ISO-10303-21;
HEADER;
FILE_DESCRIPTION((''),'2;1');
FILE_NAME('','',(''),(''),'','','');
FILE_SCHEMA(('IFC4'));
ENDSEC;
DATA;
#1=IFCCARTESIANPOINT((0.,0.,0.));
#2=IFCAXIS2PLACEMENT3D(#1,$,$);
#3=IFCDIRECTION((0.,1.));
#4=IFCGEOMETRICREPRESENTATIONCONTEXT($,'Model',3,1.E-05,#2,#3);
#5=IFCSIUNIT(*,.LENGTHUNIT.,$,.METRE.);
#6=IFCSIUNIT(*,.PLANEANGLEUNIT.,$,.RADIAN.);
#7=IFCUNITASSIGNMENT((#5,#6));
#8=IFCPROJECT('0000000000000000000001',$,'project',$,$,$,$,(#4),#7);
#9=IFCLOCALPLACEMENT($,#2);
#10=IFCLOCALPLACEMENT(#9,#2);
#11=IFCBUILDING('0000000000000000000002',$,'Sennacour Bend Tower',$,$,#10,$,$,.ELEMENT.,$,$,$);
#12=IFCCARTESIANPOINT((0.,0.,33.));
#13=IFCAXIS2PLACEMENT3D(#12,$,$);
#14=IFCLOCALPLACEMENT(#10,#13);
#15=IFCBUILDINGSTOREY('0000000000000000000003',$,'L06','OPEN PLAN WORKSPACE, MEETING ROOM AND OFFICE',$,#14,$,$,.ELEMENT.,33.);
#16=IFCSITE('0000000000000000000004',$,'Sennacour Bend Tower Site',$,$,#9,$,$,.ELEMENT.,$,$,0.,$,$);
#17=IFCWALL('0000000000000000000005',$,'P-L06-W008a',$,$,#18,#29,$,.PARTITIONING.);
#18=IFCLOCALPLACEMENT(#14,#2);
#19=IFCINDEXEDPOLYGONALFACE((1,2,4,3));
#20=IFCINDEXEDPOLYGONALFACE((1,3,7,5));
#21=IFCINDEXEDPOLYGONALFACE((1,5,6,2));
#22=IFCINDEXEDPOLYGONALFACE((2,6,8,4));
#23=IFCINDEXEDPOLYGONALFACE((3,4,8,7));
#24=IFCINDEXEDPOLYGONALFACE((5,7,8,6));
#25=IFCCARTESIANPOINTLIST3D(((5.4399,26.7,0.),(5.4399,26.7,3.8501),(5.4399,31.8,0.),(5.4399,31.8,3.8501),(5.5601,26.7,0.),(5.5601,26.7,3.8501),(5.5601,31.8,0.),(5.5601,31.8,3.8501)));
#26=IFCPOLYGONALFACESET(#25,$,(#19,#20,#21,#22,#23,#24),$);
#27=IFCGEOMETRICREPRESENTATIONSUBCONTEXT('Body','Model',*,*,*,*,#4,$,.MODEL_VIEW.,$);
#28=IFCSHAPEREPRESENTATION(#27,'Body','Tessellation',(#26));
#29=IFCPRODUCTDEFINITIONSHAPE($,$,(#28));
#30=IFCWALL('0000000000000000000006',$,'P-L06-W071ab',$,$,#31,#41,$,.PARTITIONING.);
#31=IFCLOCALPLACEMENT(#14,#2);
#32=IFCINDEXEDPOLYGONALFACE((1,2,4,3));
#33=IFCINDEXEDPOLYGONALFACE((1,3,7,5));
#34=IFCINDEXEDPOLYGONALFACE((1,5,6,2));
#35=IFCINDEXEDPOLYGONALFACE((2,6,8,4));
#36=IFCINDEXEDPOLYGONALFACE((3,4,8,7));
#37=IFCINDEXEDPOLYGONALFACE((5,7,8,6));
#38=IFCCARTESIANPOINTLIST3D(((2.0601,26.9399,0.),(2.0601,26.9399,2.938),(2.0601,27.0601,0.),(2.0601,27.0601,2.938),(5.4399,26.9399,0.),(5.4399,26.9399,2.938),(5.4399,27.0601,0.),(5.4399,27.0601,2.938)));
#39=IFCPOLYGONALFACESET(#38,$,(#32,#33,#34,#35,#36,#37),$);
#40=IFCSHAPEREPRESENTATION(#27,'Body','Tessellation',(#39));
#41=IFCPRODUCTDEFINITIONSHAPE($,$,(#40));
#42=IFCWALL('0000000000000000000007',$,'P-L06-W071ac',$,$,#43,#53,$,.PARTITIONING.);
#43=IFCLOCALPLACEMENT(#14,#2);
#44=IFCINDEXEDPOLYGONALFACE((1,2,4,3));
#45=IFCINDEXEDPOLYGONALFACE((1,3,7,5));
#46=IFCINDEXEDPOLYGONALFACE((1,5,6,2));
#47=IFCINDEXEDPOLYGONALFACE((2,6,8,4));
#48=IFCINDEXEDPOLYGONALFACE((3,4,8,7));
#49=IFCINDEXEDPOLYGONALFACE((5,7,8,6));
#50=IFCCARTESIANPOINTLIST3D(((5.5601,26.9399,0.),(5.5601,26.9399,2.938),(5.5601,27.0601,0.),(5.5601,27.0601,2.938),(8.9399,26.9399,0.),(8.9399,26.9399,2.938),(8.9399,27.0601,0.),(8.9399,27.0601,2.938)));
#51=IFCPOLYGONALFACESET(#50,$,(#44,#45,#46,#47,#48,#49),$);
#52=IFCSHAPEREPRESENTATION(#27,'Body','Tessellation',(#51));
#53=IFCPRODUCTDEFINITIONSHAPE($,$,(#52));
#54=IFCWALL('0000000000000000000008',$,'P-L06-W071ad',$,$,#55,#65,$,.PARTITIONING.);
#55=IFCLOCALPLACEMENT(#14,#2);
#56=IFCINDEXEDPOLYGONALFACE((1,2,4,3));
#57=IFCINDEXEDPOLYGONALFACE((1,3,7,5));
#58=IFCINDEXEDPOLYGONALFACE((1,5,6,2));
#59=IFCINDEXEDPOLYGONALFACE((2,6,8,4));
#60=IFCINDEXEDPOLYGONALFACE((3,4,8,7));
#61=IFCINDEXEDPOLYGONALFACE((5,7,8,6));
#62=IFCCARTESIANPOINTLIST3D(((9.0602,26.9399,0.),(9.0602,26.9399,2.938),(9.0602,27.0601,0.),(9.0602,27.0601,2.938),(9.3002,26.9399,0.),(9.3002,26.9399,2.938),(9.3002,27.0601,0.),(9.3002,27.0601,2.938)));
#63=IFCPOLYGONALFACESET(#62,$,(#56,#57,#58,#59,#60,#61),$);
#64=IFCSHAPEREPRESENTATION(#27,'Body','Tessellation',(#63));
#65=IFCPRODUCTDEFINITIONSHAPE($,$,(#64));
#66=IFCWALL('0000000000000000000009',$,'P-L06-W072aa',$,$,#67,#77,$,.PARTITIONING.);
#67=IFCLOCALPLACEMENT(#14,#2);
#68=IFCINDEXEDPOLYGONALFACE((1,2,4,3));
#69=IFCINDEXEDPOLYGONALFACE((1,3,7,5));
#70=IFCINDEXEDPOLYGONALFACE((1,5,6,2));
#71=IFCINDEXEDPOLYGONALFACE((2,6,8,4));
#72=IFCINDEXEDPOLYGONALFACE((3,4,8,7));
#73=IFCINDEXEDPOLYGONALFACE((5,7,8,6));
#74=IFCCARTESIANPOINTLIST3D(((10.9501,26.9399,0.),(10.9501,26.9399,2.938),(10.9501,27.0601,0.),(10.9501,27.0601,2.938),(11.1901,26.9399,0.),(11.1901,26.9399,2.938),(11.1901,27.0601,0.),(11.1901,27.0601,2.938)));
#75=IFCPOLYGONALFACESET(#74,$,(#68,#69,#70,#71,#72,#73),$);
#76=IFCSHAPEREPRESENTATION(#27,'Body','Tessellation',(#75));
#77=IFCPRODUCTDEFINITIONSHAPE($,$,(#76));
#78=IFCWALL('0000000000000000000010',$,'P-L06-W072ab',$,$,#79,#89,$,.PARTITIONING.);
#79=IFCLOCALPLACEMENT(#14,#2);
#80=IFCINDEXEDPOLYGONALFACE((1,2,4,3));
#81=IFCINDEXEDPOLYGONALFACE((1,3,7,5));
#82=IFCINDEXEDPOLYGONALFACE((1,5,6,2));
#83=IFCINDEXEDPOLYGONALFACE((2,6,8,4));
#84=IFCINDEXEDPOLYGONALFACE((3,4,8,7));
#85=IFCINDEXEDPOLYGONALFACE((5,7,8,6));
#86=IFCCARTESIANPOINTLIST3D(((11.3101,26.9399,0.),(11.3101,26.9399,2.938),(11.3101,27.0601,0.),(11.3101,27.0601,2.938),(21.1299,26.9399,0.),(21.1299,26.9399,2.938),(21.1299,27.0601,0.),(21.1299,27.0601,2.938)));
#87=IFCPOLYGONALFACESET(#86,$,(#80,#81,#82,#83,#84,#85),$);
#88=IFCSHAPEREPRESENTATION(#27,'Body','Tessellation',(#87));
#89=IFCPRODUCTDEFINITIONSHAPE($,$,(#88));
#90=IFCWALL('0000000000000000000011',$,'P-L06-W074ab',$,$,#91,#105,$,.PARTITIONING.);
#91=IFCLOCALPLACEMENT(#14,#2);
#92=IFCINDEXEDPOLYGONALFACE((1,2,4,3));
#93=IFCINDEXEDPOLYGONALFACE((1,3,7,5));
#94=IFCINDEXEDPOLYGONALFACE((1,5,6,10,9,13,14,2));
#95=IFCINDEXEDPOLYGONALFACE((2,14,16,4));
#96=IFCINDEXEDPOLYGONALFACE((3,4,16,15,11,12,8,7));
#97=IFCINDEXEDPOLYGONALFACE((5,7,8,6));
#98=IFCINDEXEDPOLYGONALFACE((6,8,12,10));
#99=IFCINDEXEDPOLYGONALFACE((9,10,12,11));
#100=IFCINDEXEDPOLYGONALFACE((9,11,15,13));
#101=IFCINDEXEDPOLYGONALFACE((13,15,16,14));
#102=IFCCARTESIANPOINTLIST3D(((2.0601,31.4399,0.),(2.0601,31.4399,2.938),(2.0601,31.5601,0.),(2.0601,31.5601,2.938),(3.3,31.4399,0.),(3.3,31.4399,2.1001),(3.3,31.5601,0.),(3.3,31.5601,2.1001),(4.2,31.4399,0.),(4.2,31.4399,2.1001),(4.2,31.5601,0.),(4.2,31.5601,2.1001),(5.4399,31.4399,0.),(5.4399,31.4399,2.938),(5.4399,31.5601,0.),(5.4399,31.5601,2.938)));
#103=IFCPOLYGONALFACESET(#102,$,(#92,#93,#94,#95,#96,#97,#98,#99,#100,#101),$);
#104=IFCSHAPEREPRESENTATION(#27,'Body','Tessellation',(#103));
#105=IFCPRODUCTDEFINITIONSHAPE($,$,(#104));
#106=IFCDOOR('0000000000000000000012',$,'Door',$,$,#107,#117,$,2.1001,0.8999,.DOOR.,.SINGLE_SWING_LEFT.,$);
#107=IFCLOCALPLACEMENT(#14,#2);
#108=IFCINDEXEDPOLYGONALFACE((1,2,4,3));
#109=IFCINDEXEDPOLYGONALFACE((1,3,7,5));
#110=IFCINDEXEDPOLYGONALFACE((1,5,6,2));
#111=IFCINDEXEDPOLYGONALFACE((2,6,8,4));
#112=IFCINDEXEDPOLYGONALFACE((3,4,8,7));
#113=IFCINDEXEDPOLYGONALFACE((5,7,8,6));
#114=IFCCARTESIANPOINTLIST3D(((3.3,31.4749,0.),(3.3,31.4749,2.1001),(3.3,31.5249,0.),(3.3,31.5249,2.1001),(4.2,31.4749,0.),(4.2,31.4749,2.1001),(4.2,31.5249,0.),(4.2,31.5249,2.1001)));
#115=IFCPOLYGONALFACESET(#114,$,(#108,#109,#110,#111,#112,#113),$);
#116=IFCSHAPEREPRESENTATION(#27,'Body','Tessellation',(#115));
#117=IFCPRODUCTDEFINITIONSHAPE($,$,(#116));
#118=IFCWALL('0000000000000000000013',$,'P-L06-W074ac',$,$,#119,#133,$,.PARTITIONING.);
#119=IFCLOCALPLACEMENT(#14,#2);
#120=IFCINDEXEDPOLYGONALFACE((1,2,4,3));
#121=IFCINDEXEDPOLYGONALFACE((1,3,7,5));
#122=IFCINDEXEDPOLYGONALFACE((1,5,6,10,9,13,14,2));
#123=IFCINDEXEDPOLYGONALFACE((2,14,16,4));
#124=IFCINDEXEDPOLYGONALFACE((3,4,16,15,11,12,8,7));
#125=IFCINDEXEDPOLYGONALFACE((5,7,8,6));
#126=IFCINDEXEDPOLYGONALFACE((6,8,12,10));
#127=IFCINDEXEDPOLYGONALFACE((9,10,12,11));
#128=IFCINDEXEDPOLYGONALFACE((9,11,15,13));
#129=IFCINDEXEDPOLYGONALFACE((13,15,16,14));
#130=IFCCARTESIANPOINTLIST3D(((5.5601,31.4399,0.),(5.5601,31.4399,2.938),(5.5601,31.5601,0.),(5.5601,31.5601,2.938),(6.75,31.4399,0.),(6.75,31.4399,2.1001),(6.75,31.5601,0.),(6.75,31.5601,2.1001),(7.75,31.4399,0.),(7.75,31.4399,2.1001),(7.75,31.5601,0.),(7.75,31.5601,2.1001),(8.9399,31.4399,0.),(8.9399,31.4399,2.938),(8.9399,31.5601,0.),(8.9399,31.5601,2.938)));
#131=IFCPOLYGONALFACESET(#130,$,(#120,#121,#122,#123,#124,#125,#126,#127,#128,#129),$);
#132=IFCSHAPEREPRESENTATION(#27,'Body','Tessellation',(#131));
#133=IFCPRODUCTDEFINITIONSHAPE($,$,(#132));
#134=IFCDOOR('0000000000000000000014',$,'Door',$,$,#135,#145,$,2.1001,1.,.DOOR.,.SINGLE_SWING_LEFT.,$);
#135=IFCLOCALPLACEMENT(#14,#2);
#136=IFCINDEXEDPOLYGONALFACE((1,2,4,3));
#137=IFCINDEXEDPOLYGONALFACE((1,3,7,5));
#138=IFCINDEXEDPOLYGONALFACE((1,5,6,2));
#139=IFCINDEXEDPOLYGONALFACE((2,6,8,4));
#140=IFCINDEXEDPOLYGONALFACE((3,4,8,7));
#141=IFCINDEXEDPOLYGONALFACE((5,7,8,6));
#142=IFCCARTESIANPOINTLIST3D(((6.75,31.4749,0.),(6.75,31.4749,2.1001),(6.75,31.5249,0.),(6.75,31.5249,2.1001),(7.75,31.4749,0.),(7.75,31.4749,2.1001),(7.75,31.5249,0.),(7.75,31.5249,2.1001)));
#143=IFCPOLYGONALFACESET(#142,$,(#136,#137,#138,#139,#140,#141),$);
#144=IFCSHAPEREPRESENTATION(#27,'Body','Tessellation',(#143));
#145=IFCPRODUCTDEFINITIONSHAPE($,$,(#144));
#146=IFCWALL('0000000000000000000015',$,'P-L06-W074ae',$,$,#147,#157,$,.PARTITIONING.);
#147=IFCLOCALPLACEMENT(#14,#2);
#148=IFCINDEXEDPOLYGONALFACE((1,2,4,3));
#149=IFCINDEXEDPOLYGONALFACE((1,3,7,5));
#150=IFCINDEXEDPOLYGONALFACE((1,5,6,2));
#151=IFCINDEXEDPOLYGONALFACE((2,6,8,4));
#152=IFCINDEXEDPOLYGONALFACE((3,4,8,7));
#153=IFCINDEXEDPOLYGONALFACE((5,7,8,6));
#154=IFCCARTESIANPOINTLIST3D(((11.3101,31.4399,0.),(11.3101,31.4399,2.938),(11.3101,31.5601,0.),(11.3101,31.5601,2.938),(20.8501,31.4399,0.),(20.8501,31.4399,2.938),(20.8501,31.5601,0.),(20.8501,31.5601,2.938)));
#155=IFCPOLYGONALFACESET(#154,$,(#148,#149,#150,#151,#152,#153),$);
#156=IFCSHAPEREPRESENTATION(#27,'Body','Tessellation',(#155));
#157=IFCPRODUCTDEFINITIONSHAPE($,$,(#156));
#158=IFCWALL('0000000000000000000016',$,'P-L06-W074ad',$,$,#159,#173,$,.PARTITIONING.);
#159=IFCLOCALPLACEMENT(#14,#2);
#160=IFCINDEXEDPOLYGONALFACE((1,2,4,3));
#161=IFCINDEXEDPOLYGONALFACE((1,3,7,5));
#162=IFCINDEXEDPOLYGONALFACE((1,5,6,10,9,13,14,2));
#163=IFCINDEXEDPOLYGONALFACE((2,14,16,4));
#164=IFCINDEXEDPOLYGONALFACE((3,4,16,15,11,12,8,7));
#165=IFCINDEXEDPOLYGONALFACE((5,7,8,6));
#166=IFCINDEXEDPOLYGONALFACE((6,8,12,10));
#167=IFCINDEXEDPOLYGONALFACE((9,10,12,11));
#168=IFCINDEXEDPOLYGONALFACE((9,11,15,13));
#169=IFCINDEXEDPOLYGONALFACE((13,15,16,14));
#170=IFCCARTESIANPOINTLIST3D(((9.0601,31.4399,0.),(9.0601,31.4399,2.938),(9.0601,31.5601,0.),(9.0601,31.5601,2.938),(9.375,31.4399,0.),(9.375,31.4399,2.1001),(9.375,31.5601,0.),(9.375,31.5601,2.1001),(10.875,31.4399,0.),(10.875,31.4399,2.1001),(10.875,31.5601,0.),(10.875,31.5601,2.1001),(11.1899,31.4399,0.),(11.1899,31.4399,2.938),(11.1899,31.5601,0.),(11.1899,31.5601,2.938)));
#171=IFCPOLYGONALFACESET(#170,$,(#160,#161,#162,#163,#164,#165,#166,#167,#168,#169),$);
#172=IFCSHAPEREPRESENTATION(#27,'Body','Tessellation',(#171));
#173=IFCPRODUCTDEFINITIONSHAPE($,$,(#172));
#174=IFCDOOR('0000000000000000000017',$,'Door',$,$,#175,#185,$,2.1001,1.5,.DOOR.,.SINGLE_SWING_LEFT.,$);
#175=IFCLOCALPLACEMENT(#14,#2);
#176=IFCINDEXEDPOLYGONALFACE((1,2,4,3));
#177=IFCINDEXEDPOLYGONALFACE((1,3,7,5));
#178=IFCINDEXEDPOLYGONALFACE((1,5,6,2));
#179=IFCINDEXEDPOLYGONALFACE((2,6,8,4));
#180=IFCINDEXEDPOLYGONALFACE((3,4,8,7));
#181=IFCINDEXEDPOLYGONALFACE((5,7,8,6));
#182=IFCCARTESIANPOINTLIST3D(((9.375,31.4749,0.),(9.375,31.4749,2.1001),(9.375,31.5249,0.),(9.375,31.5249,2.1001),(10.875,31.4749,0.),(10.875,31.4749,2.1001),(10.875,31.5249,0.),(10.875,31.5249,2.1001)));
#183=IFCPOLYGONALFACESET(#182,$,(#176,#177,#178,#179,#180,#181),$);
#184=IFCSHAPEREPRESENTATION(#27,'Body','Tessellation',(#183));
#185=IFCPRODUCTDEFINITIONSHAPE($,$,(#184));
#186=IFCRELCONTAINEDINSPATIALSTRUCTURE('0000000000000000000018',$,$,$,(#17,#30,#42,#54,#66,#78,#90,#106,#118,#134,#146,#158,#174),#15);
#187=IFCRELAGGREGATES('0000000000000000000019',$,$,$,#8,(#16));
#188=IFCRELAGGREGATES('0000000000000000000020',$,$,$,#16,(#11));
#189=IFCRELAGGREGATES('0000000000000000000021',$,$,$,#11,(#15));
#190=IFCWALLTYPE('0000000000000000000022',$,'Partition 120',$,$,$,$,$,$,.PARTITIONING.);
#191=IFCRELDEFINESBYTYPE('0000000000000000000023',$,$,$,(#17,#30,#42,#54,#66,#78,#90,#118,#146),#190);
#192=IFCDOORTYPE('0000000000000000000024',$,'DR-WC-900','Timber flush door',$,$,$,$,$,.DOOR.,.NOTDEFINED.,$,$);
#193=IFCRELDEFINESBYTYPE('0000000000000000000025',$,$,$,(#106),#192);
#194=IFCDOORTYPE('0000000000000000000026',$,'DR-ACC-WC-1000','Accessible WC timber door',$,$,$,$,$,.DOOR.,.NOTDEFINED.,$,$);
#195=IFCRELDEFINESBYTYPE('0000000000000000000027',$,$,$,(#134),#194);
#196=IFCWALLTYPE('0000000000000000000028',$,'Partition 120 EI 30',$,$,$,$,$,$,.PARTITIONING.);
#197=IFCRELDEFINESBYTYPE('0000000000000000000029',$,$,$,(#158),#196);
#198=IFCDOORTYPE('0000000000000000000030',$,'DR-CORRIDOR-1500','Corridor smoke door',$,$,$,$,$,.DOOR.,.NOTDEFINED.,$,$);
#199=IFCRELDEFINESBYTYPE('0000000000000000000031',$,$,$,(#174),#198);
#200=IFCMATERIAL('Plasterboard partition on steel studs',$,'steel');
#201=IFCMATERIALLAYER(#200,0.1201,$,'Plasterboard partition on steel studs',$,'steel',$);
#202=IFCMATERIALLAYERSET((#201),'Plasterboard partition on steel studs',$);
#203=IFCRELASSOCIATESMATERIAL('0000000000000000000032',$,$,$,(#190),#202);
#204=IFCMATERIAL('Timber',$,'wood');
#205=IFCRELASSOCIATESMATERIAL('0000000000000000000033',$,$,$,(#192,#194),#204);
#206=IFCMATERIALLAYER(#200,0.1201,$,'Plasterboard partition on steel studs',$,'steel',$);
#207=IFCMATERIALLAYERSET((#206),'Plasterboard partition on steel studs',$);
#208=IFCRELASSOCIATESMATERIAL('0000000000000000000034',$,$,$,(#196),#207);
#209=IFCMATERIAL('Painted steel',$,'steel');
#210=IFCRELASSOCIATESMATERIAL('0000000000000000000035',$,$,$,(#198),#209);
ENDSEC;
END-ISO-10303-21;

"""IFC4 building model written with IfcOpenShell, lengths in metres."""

from ifc_helpers import new_model, si_unit, direction, frame, frame_2d, origin, place, context, subcontext, project, spatial, rectangle, extrude, material, layer, layer_set, type_object, element, fill, save


model = new_model("IFC4")

# Units and contexts
model_context = context("Model", 3, precision=1e-05, world=origin(), true_north=direction((0.0, 1.0)))
body_context = subcontext(model_context, "Body", "Model", "MODEL_VIEW")
ifc_project = project(units=[si_unit("LENGTHUNIT", "METRE"), si_unit("PLANEANGLEUNIT", "RADIAN")], contexts=[model_context])

# Site, building, storey
site_placement = place(None, origin())
site = spatial("IfcSite", under=ifc_project, at=site_placement, Name="Sennacour Bend Tower Site", CompositionType="ELEMENT", RefElevation=0.0)
building_placement = place(site_placement, origin())
building = spatial("IfcBuilding", under=site, at=building_placement, Name="Sennacour Bend Tower", CompositionType="ELEMENT")
storey_placement = place(building_placement, frame((0.0, 0.0, 33.0)))
storey = spatial("IfcBuildingStorey", under=building, at=storey_placement, Name="L06", Description="OPEN PLAN WORKSPACE, MEETING ROOM AND OFFICE", CompositionType="ELEMENT", Elevation=33.0)

# Walls
ifc_material_1 = material(Name="Plasterboard partition on steel studs", Category="steel")
ifc_layer_1 = layer(ifc_material_1, 0.1201, Name="Plasterboard partition on steel studs", Category="steel")
ifc_layer_set_1 = layer_set([ifc_layer_1], Name="Plasterboard partition on steel studs")
wall_type_1 = type_object("IfcWallType", Name="Partition 120", PredefinedType="PARTITIONING", material=ifc_layer_set_1)
for number, where, z_axis, x_axis, name in (
    (1, (5.5, 26.7, 0.0), (0.0, 0.0, 1.0), (0.0, 1.0, 0.0), "P-L06-W008a"),
):
    element("IfcWall", number, at=place(storey_placement, frame(where, z_axis=z_axis, x_axis=x_axis)), inside=storey, type_object=wall_type_1, Name=name, PredefinedType="PARTITIONING", context=body_context, shape_type="SweptSolid", body=[
        extrude(rectangle(XDim=5.1001, YDim=0.1201, at=frame_2d((2.55, 0.0))), origin(), (0.0, 0.0, 1.0), 3.8501),
    ])
for number, where, z_axis, x_axis, name in (
    (2, (2.0601, 27.0, 0.0), (0.0, 0.0, 1.0), (1.0, 0.0, 0.0), "P-L06-W071ab"),
    (3, (5.5601, 27.0, 0.0), (0.0, 0.0, 1.0), (1.0, 0.0, 0.0), "P-L06-W071ac"),
):
    element("IfcWall", number, at=place(storey_placement, frame(where, z_axis=z_axis, x_axis=x_axis)), inside=storey, type_object=wall_type_1, Name=name, PredefinedType="PARTITIONING", context=body_context, shape_type="SweptSolid", body=[
        extrude(rectangle(XDim=3.3799, YDim=0.1201, at=frame_2d((1.6899, 0.0))), origin(), (0.0, 0.0, 1.0), 2.938),
    ])
for number, where, z_axis, x_axis, name in (
    (4, (9.0601, 27.0, 0.0), (0.0, 0.0, 1.0), (1.0, 0.0, 0.0), "P-L06-W071ad"),
    (5, (10.95, 27.0, 0.0), (0.0, 0.0, 1.0), (1.0, 0.0, 0.0), "P-L06-W072aa"),
):
    element("IfcWall", number, at=place(storey_placement, frame(where, z_axis=z_axis, x_axis=x_axis)), inside=storey, type_object=wall_type_1, Name=name, PredefinedType="PARTITIONING", context=body_context, shape_type="SweptSolid", body=[
        extrude(rectangle(XDim=0.24, YDim=0.1201, at=frame_2d((0.1201, 0.0))), origin(), (0.0, 0.0, 1.0), 2.938),
    ])
wall_1_placement = place(storey_placement, frame((11.3101, 27.0, 0.0), z_axis=(0.0, 0.0, 1.0), x_axis=(1.0, 0.0, 0.0)))
element("IfcWall", 6, at=wall_1_placement, inside=storey, type_object=wall_type_1, Name="P-L06-W072ab", PredefinedType="PARTITIONING", context=body_context, shape_type="SweptSolid", body=[
    extrude(rectangle(XDim=9.8198, YDim=0.1201, at=frame_2d((4.9099, 0.0))), origin(), (0.0, 0.0, 1.0), 2.938),
])

# Walls, openings, doors
wall_2_placement = place(storey_placement, frame((2.0601, 31.5, 0.0), z_axis=(0.0, 0.0, 1.0), x_axis=(1.0, 0.0, 0.0)))
wall_2 = element("IfcWall", 7, at=wall_2_placement, inside=storey, type_object=wall_type_1, Name="P-L06-W074ab", PredefinedType="PARTITIONING", context=body_context, shape_type="SweptSolid", body=[
    extrude(rectangle(XDim=3.3799, YDim=0.1201, at=frame_2d((1.6899, 0.0))), origin(), (0.0, 0.0, 1.0), 2.938),
])
opening_1_placement = place(wall_2_placement, frame((1.24, 0.0, 0.0)))
opening_1 = element("IfcOpeningElement", 8, at=opening_1_placement, cuts=wall_2, PredefinedType="OPENING", context=body_context, shape_type="SweptSolid", body=[
    extrude(rectangle(XDim=0.8999, YDim=2.1001, at=frame_2d((0.45, 1.05))), frame((0.0, 0.0701, 0.0), z_axis=(0.0, -1.0, 0.0), x_axis=(1.0, 0.0, 0.0)), (0.0, 0.0, 1.0), 0.1401),
])
ifc_material_2 = material(Name="Timber", Category="wood")
door_type_1 = type_object("IfcDoorType", Name="DR-WC-900", Description="Timber flush door", OperationType="NOTDEFINED", PredefinedType="DOOR", material=ifc_material_2)
door_1_placement = place(opening_1_placement, origin())
door_1 = element("IfcDoor", 9, at=door_1_placement, inside=storey, type_object=door_type_1, Name="Door", OperationType="SINGLE_SWING_LEFT", OverallHeight=2.1001, OverallWidth=0.8999, PredefinedType="DOOR", context=body_context, shape_type="SweptSolid", body=[
    extrude(rectangle(XDim=0.8999, YDim=2.1001, at=frame_2d((0.45, 1.05))), frame((0.0, 0.0249, 0.0), z_axis=(0.0, -1.0, 0.0), x_axis=(1.0, 0.0, 0.0)), (0.0, 0.0, 1.0), 0.05),
])
fill(opening_1, door_1)
wall_3_placement = place(storey_placement, frame((5.5601, 31.5, 0.0), z_axis=(0.0, 0.0, 1.0), x_axis=(1.0, 0.0, 0.0)))
wall_3 = element("IfcWall", 10, at=wall_3_placement, inside=storey, type_object=wall_type_1, Name="P-L06-W074ac", PredefinedType="PARTITIONING", context=body_context, shape_type="SweptSolid", body=[
    extrude(rectangle(XDim=3.3799, YDim=0.1201, at=frame_2d((1.6899, 0.0))), origin(), (0.0, 0.0, 1.0), 2.938),
])
opening_2_placement = place(wall_3_placement, frame((1.1899, 0.0, 0.0)))
opening_2 = element("IfcOpeningElement", 11, at=opening_2_placement, cuts=wall_3, PredefinedType="OPENING", context=body_context, shape_type="SweptSolid", body=[
    extrude(rectangle(XDim=1.0, YDim=2.1001, at=frame_2d((0.5, 1.05))), frame((0.0, 0.0701, 0.0), z_axis=(0.0, -1.0, 0.0), x_axis=(1.0, 0.0, 0.0)), (0.0, 0.0, 1.0), 0.1401),
])
door_type_2 = type_object("IfcDoorType", Name="DR-ACC-WC-1000", Description="Accessible WC timber door", OperationType="NOTDEFINED", PredefinedType="DOOR", material=ifc_material_2)
door_2_placement = place(opening_2_placement, origin())
door_2 = element("IfcDoor", 12, at=door_2_placement, inside=storey, type_object=door_type_2, Name="Door", OperationType="SINGLE_SWING_LEFT", OverallHeight=2.1001, OverallWidth=1.0, PredefinedType="DOOR", context=body_context, shape_type="SweptSolid", body=[
    extrude(rectangle(XDim=1.0, YDim=2.1001, at=frame_2d((0.5, 1.05))), frame((0.0, 0.0249, 0.0), z_axis=(0.0, -1.0, 0.0), x_axis=(1.0, 0.0, 0.0)), (0.0, 0.0, 1.0), 0.05),
])
fill(opening_2, door_2)

# Wall
wall_4_placement = place(storey_placement, frame((11.3101, 31.5, 0.0), z_axis=(0.0, 0.0, 1.0), x_axis=(1.0, 0.0, 0.0)))
element("IfcWall", 13, at=wall_4_placement, inside=storey, type_object=wall_type_1, Name="P-L06-W074ae", PredefinedType="PARTITIONING", context=body_context, shape_type="SweptSolid", body=[
    extrude(rectangle(XDim=9.54, YDim=0.1201, at=frame_2d((4.77, 0.0))), origin(), (0.0, 0.0, 1.0), 2.938),
])

# Wall, opening, door
ifc_layer_2 = layer(ifc_material_1, 0.1201, Name="Plasterboard partition on steel studs", Category="steel")
ifc_layer_set_2 = layer_set([ifc_layer_2], Name="Plasterboard partition on steel studs")
wall_type_2 = type_object("IfcWallType", Name="Partition 120 EI 30", PredefinedType="PARTITIONING", material=ifc_layer_set_2)
wall_5_placement = place(storey_placement, frame((9.0601, 31.5, 0.0), z_axis=(0.0, 0.0, 1.0), x_axis=(1.0, 0.0, 0.0)))
wall_5 = element("IfcWall", 14, at=wall_5_placement, inside=storey, type_object=wall_type_2, Name="P-L06-W074ad", PredefinedType="PARTITIONING", context=body_context, shape_type="SweptSolid", body=[
    extrude(rectangle(XDim=2.1299, YDim=0.1201, at=frame_2d((1.0649, 0.0))), origin(), (0.0, 0.0, 1.0), 2.938),
])
opening_3_placement = place(wall_5_placement, frame((0.3149, 0.0, 0.0)))
opening_3 = element("IfcOpeningElement", 15, at=opening_3_placement, cuts=wall_5, PredefinedType="OPENING", context=body_context, shape_type="SweptSolid", body=[
    extrude(rectangle(XDim=1.5, YDim=2.1001, at=frame_2d((0.75, 1.05))), frame((0.0, 0.0701, 0.0), z_axis=(0.0, -1.0, 0.0), x_axis=(1.0, 0.0, 0.0)), (0.0, 0.0, 1.0), 0.1401),
])
ifc_material_3 = material(Name="Painted steel", Category="steel")
door_type_3 = type_object("IfcDoorType", Name="DR-CORRIDOR-1500", Description="Corridor smoke door", OperationType="NOTDEFINED", PredefinedType="DOOR", material=ifc_material_3)
door_3_placement = place(opening_3_placement, origin())
door_3 = element("IfcDoor", 16, at=door_3_placement, inside=storey, type_object=door_type_3, Name="Door", OperationType="SINGLE_SWING_LEFT", OverallHeight=2.1001, OverallWidth=1.5, PredefinedType="DOOR", context=body_context, shape_type="SweptSolid", body=[
    extrude(rectangle(XDim=1.5, YDim=2.1001, at=frame_2d((0.75, 1.05))), frame((0.0, 0.0249, 0.0), z_axis=(0.0, -1.0, 0.0), x_axis=(1.0, 0.0, 0.0)), (0.0, 0.0, 1.0), 0.05),
])
fill(opening_3, door_3)

save(model, "model.ifc")
